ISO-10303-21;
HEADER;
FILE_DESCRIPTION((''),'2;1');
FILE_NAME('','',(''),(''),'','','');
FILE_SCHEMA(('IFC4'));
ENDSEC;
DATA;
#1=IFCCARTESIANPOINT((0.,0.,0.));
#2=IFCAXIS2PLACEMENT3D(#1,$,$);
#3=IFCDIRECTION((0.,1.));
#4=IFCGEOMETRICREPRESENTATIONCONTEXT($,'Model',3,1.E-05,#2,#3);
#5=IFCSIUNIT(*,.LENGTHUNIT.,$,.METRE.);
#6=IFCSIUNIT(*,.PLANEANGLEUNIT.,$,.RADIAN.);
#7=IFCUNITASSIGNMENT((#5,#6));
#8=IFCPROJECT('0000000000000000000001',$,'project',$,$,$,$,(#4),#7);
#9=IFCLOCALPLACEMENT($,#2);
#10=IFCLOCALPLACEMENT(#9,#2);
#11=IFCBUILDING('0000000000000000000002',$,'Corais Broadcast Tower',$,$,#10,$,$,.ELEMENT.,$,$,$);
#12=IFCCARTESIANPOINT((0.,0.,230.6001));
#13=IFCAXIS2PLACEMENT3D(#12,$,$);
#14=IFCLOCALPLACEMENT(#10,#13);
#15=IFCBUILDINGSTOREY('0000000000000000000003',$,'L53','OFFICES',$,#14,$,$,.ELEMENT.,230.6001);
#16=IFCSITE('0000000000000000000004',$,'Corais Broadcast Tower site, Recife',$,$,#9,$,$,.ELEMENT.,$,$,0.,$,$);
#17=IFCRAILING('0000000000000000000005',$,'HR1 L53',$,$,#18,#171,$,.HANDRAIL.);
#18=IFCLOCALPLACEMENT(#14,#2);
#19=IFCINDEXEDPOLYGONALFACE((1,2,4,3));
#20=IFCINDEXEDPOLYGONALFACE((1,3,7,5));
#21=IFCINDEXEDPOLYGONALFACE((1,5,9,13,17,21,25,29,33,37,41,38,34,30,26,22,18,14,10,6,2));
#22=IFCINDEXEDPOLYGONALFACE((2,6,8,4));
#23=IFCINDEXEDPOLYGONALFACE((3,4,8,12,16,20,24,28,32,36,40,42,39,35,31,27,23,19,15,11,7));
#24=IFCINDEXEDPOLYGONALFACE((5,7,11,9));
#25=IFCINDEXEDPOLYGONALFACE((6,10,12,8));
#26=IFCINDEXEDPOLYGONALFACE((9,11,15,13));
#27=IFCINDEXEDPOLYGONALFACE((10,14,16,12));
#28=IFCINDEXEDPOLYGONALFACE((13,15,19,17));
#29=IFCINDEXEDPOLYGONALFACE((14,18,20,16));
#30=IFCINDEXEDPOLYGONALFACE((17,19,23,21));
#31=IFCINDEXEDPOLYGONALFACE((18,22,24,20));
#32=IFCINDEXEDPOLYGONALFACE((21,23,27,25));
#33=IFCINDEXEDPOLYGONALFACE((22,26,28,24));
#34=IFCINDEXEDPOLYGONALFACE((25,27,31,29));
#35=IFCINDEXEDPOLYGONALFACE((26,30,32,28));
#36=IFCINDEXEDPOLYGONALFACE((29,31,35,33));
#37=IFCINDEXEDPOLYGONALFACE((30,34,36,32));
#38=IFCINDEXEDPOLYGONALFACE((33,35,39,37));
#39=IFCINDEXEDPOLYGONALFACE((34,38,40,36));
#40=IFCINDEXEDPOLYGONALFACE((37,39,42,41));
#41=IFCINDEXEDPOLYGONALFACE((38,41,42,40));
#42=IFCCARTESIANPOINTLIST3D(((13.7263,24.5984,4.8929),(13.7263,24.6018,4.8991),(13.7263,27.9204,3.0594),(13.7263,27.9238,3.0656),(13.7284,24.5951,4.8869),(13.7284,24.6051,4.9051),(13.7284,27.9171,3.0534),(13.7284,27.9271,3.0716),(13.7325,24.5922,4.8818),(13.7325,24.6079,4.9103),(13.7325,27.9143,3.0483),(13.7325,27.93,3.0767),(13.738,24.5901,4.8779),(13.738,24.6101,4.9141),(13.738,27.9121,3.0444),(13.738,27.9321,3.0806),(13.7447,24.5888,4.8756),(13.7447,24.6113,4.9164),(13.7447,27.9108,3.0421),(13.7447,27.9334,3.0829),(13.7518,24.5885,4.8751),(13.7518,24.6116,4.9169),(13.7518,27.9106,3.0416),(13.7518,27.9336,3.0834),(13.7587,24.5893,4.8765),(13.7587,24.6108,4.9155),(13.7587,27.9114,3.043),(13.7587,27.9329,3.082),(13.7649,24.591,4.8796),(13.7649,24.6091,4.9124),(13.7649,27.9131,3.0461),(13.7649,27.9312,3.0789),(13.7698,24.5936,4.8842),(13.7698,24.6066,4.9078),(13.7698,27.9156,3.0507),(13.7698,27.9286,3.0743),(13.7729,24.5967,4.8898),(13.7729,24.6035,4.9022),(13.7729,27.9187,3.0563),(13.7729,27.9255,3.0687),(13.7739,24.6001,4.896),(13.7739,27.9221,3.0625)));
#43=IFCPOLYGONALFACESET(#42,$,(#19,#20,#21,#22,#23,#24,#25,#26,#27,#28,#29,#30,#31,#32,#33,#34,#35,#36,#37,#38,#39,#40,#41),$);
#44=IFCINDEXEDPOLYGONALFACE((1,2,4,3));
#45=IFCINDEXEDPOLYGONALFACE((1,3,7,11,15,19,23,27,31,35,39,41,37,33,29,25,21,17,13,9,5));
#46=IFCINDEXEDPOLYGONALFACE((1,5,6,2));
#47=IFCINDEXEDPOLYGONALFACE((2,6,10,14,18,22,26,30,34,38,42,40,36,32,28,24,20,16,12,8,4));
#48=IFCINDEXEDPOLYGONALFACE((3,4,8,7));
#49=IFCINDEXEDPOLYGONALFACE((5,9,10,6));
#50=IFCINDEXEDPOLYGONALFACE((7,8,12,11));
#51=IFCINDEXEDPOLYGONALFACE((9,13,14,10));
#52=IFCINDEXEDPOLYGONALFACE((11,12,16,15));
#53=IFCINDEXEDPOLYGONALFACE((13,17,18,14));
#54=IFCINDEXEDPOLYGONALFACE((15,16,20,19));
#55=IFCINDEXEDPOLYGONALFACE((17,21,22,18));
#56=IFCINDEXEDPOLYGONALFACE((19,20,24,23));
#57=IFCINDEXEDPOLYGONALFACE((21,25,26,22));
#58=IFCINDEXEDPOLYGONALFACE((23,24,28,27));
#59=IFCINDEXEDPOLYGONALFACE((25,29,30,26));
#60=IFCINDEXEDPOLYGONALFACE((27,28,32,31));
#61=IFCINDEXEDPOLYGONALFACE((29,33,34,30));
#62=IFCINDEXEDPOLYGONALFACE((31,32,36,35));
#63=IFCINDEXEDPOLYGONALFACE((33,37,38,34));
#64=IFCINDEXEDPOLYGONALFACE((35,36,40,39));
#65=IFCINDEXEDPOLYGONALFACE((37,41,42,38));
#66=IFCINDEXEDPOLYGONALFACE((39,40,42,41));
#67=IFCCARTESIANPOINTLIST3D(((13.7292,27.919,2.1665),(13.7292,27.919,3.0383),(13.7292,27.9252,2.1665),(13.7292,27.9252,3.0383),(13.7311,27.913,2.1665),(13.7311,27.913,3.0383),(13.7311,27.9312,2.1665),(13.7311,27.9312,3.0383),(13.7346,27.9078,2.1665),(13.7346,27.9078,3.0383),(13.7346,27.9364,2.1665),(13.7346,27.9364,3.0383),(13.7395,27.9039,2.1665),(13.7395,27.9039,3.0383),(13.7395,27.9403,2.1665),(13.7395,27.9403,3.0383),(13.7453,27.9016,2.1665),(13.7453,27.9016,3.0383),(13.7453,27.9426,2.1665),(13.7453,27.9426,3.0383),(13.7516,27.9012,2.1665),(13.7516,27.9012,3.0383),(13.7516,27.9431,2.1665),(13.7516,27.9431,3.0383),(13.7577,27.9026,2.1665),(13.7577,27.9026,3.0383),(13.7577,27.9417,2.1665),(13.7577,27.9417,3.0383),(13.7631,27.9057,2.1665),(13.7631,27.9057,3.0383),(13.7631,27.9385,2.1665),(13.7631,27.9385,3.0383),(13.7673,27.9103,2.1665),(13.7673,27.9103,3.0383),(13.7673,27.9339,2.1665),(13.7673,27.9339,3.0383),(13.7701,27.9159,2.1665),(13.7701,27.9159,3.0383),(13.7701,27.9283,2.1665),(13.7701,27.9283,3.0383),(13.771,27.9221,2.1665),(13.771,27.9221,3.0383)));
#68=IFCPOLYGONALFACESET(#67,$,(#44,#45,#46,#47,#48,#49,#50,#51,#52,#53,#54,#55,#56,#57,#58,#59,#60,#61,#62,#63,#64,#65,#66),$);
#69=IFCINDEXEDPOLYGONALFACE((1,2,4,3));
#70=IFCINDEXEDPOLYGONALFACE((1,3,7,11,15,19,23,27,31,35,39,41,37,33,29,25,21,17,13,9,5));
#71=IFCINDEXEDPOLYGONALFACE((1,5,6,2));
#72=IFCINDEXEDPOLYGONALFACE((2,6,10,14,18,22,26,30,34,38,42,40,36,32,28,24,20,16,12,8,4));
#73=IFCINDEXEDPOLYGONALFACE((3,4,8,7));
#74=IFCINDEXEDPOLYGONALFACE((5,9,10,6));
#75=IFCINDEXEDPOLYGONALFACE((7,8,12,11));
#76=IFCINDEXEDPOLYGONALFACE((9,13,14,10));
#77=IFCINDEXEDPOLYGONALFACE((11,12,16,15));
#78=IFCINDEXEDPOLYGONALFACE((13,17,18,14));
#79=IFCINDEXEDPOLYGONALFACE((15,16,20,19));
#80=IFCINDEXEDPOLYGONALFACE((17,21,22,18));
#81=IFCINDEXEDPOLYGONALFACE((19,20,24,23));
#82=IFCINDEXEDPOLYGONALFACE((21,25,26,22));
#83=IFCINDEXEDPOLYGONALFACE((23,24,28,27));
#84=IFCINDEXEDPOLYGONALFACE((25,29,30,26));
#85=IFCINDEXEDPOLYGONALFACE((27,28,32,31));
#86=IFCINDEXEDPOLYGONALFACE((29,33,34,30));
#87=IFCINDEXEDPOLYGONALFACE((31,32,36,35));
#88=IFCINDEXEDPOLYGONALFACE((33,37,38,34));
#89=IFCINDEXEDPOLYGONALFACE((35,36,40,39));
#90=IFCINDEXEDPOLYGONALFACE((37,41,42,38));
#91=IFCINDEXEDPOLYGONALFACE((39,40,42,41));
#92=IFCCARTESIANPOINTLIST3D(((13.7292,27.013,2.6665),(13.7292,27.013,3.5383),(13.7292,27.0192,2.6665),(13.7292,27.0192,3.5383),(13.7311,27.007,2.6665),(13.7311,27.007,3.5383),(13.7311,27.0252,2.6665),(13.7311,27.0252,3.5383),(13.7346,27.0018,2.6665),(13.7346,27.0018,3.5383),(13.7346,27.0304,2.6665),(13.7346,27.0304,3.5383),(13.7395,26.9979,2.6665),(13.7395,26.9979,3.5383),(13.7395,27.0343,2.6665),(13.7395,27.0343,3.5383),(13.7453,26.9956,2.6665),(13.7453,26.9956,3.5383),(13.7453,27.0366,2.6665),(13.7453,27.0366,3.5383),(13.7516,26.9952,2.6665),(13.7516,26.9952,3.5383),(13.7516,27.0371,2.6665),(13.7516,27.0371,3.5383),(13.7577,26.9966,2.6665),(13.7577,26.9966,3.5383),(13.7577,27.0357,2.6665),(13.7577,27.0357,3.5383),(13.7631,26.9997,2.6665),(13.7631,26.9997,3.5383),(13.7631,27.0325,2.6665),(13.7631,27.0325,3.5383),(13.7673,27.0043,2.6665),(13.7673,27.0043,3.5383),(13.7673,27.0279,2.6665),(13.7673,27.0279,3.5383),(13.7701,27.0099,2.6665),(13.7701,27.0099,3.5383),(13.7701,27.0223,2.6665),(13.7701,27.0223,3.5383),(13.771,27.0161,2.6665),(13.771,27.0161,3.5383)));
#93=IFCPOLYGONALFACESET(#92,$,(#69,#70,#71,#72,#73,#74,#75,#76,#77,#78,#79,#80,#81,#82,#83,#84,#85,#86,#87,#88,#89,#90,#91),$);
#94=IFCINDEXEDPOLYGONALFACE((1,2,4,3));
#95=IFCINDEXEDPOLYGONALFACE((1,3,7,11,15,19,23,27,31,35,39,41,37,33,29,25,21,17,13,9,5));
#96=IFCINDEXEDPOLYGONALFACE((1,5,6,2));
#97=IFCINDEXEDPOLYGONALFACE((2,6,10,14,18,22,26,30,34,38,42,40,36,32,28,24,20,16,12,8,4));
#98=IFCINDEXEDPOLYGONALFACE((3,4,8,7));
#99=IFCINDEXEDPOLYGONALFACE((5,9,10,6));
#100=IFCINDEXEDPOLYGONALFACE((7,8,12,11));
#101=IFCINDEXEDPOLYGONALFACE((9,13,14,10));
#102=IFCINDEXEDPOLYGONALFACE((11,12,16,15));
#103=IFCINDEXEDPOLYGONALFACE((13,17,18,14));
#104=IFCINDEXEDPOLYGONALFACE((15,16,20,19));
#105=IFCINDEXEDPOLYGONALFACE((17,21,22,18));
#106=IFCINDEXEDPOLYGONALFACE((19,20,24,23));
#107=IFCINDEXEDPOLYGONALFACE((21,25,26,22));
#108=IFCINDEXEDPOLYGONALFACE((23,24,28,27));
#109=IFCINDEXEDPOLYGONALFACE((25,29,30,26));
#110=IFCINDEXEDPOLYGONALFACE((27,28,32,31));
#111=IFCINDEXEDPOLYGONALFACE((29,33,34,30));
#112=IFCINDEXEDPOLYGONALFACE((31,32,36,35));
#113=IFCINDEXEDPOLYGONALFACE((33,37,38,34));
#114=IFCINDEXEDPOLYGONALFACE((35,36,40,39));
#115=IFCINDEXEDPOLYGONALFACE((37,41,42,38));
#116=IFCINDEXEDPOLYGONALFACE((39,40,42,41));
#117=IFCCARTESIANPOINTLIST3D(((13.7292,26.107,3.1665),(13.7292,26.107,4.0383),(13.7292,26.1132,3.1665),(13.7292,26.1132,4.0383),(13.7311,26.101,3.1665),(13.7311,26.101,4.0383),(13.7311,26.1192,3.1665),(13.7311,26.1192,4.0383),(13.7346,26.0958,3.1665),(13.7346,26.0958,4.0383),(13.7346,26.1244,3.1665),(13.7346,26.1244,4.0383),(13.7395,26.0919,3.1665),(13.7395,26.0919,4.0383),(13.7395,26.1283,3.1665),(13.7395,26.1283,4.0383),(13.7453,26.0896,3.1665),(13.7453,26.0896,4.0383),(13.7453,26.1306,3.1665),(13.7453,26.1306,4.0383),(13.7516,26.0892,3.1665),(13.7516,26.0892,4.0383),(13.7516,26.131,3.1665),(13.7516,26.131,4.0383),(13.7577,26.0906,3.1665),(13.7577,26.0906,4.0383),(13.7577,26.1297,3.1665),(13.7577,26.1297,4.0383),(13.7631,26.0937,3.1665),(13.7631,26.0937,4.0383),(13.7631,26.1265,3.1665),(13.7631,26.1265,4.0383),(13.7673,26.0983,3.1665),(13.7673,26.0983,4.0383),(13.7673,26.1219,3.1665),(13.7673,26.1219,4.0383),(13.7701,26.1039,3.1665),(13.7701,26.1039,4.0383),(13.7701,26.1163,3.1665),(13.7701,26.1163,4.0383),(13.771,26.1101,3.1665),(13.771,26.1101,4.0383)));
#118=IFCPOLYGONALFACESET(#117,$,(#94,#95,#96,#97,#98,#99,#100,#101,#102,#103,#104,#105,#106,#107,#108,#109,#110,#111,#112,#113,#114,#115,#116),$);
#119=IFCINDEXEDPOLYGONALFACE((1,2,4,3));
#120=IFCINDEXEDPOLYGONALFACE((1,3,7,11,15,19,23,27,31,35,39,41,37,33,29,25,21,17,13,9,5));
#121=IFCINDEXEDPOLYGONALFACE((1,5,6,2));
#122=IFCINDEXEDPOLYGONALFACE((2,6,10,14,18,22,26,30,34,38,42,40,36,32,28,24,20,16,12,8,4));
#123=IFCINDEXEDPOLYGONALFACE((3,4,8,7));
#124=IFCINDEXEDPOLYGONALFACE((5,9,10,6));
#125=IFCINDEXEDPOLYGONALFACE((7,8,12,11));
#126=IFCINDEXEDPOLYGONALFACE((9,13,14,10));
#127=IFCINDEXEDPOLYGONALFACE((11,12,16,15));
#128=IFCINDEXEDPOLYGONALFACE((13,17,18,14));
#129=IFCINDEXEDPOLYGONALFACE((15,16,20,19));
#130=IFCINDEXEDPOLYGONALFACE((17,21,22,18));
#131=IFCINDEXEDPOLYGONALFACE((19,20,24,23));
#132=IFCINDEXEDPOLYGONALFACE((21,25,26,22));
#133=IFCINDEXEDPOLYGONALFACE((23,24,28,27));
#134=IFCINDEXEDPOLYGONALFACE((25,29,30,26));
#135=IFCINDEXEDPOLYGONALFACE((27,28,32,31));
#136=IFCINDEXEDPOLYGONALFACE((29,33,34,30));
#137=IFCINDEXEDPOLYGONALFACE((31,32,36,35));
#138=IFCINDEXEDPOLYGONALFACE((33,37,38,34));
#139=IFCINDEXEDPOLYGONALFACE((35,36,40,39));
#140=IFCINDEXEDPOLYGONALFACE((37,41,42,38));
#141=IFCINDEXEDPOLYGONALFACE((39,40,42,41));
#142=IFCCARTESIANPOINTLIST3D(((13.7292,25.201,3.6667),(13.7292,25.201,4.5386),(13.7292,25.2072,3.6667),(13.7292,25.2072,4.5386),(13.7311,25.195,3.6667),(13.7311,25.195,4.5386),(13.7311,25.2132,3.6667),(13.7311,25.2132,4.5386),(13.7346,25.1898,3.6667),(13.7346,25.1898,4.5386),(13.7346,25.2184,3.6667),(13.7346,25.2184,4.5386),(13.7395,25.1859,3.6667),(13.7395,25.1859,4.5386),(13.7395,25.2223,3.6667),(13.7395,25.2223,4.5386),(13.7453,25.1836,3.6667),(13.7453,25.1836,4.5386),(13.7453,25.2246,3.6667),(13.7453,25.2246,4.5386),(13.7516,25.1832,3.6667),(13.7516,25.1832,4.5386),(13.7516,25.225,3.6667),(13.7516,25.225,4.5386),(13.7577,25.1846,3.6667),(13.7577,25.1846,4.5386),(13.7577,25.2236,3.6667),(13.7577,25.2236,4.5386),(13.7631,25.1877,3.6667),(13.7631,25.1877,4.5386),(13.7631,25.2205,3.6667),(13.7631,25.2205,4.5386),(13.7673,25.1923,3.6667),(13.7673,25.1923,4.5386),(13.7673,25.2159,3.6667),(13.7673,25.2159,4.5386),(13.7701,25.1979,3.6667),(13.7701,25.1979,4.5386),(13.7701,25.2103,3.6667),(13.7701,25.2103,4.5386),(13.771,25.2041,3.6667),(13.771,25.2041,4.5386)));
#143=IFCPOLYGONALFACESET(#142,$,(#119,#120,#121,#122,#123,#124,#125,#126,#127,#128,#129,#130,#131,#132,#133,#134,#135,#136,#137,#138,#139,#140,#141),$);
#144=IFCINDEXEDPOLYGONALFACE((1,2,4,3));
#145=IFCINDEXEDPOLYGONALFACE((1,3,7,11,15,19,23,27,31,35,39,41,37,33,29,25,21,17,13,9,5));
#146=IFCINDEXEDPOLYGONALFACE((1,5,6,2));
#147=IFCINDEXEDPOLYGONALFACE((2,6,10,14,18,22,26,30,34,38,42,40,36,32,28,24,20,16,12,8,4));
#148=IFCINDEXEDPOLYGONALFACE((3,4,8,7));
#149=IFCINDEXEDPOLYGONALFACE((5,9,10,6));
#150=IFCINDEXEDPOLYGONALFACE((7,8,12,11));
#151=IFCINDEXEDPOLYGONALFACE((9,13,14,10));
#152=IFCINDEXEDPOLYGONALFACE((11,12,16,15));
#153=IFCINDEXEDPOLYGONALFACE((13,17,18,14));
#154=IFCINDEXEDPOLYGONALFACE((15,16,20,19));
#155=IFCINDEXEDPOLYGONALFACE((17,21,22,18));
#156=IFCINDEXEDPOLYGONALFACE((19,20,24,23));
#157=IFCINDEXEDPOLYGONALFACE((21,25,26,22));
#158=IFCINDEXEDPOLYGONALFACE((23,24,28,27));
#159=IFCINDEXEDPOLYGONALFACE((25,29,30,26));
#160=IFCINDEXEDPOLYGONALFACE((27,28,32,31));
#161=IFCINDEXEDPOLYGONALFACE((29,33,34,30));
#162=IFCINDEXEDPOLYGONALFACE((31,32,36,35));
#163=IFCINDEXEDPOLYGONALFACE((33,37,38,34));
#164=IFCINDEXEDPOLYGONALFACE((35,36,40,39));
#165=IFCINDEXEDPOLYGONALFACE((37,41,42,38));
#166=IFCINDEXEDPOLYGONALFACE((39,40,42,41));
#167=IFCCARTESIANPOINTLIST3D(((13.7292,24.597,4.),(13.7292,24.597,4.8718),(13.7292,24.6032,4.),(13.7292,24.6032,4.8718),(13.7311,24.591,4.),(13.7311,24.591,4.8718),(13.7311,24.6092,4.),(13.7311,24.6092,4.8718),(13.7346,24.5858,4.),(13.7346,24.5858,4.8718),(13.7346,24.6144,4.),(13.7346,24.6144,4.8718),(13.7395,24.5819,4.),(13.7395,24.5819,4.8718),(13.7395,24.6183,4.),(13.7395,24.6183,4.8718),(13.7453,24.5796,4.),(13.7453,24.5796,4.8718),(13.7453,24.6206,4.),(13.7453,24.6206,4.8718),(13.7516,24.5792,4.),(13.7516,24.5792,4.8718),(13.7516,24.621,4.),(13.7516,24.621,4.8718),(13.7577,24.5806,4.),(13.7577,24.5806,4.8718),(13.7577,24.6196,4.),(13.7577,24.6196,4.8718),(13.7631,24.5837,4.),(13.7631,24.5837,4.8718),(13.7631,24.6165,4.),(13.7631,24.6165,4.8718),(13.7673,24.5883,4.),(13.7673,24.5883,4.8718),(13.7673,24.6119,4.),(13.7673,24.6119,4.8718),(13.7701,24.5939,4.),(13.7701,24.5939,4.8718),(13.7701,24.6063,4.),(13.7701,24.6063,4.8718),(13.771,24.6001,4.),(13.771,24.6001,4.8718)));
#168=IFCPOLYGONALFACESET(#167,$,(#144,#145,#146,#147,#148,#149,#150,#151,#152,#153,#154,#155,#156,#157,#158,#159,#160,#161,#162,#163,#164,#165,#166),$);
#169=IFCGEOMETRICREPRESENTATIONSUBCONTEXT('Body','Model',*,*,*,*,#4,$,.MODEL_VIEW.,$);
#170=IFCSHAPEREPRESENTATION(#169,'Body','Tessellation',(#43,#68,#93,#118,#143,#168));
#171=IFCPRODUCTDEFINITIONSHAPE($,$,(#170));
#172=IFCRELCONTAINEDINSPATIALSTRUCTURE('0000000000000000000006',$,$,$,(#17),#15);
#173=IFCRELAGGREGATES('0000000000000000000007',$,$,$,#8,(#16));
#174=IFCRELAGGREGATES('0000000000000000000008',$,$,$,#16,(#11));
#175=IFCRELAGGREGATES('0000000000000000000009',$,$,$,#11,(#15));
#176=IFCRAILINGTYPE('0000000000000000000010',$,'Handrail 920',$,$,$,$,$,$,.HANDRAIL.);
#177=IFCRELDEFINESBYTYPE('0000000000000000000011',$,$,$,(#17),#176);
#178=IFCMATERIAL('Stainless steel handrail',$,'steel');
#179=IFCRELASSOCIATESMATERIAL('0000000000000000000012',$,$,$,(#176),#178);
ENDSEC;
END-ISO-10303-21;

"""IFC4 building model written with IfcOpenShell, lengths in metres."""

from ifc_helpers import new_model, si_unit, direction, frame, origin, origin_2d, place, context, subcontext, project, spatial, circle, extrude, material, type_object, element, save


model = new_model("IFC4")

# Units and contexts
model_context = context("Model", 3, precision=1e-05, world=origin(), true_north=direction((0.0, 1.0)))
body_context = subcontext(model_context, "Body", "Model", "MODEL_VIEW")
ifc_project = project(units=[si_unit("LENGTHUNIT", "METRE"), si_unit("PLANEANGLEUNIT", "RADIAN")], contexts=[model_context])

# Site, building, storey
site_placement = place(None, origin())
site = spatial("IfcSite", under=ifc_project, at=site_placement, Name="Corais Broadcast Tower site, Recife", CompositionType="ELEMENT", RefElevation=0.0)
building_placement = place(site_placement, origin())
building = spatial("IfcBuilding", under=site, at=building_placement, Name="Corais Broadcast Tower", CompositionType="ELEMENT")
storey_placement = place(building_placement, frame((0.0, 0.0, 230.6001)))
storey = spatial("IfcBuildingStorey", under=building, at=storey_placement, Name="L53", Description="OFFICES", CompositionType="ELEMENT", Elevation=230.6001)

# Railing
ifc_material_1 = material(Name="Stainless steel handrail", Category="steel")
railing_type = type_object("IfcRailingType", Name="Handrail 920", PredefinedType="HANDRAIL", material=ifc_material_1)
railing_placement = place(storey_placement, frame((13.75, 27.9221, 2.1665)))
element("IfcRailing", 1, at=railing_placement, inside=storey, type_object=railing_type, Name="HR1 L53", PredefinedType="HANDRAIL", context=body_context, shape_type="SweptSolid", body=[
    extrude(circle(Radius=0.0239, at=origin_2d()), frame((0.0, 0.0, 0.896), z_axis=(0.0, -0.875504, 0.48321), x_axis=(1.0, 0.0, 0.0)), (0.0, 0.0, 1.0), 3.7944),
    extrude(circle(Radius=0.021, at=origin_2d()), origin(), (0.0, 0.0, 1.0), 0.8718),
    extrude(circle(Radius=0.021, at=origin_2d()), frame((0.0, -0.906, 0.5)), (0.0, 0.0, 1.0), 0.8718),
    extrude(circle(Radius=0.021, at=origin_2d()), frame((0.0, -1.812, 1.0)), (0.0, 0.0, 1.0), 0.8718),
    extrude(circle(Radius=0.021, at=origin_2d()), frame((0.0, -2.718, 1.5002)), (0.0, 0.0, 1.0), 0.8718),
    extrude(circle(Radius=0.021, at=origin_2d()), frame((0.0, -3.322, 1.8335)), (0.0, 0.0, 1.0), 0.8718),
])

save(model, "model.ifc")
